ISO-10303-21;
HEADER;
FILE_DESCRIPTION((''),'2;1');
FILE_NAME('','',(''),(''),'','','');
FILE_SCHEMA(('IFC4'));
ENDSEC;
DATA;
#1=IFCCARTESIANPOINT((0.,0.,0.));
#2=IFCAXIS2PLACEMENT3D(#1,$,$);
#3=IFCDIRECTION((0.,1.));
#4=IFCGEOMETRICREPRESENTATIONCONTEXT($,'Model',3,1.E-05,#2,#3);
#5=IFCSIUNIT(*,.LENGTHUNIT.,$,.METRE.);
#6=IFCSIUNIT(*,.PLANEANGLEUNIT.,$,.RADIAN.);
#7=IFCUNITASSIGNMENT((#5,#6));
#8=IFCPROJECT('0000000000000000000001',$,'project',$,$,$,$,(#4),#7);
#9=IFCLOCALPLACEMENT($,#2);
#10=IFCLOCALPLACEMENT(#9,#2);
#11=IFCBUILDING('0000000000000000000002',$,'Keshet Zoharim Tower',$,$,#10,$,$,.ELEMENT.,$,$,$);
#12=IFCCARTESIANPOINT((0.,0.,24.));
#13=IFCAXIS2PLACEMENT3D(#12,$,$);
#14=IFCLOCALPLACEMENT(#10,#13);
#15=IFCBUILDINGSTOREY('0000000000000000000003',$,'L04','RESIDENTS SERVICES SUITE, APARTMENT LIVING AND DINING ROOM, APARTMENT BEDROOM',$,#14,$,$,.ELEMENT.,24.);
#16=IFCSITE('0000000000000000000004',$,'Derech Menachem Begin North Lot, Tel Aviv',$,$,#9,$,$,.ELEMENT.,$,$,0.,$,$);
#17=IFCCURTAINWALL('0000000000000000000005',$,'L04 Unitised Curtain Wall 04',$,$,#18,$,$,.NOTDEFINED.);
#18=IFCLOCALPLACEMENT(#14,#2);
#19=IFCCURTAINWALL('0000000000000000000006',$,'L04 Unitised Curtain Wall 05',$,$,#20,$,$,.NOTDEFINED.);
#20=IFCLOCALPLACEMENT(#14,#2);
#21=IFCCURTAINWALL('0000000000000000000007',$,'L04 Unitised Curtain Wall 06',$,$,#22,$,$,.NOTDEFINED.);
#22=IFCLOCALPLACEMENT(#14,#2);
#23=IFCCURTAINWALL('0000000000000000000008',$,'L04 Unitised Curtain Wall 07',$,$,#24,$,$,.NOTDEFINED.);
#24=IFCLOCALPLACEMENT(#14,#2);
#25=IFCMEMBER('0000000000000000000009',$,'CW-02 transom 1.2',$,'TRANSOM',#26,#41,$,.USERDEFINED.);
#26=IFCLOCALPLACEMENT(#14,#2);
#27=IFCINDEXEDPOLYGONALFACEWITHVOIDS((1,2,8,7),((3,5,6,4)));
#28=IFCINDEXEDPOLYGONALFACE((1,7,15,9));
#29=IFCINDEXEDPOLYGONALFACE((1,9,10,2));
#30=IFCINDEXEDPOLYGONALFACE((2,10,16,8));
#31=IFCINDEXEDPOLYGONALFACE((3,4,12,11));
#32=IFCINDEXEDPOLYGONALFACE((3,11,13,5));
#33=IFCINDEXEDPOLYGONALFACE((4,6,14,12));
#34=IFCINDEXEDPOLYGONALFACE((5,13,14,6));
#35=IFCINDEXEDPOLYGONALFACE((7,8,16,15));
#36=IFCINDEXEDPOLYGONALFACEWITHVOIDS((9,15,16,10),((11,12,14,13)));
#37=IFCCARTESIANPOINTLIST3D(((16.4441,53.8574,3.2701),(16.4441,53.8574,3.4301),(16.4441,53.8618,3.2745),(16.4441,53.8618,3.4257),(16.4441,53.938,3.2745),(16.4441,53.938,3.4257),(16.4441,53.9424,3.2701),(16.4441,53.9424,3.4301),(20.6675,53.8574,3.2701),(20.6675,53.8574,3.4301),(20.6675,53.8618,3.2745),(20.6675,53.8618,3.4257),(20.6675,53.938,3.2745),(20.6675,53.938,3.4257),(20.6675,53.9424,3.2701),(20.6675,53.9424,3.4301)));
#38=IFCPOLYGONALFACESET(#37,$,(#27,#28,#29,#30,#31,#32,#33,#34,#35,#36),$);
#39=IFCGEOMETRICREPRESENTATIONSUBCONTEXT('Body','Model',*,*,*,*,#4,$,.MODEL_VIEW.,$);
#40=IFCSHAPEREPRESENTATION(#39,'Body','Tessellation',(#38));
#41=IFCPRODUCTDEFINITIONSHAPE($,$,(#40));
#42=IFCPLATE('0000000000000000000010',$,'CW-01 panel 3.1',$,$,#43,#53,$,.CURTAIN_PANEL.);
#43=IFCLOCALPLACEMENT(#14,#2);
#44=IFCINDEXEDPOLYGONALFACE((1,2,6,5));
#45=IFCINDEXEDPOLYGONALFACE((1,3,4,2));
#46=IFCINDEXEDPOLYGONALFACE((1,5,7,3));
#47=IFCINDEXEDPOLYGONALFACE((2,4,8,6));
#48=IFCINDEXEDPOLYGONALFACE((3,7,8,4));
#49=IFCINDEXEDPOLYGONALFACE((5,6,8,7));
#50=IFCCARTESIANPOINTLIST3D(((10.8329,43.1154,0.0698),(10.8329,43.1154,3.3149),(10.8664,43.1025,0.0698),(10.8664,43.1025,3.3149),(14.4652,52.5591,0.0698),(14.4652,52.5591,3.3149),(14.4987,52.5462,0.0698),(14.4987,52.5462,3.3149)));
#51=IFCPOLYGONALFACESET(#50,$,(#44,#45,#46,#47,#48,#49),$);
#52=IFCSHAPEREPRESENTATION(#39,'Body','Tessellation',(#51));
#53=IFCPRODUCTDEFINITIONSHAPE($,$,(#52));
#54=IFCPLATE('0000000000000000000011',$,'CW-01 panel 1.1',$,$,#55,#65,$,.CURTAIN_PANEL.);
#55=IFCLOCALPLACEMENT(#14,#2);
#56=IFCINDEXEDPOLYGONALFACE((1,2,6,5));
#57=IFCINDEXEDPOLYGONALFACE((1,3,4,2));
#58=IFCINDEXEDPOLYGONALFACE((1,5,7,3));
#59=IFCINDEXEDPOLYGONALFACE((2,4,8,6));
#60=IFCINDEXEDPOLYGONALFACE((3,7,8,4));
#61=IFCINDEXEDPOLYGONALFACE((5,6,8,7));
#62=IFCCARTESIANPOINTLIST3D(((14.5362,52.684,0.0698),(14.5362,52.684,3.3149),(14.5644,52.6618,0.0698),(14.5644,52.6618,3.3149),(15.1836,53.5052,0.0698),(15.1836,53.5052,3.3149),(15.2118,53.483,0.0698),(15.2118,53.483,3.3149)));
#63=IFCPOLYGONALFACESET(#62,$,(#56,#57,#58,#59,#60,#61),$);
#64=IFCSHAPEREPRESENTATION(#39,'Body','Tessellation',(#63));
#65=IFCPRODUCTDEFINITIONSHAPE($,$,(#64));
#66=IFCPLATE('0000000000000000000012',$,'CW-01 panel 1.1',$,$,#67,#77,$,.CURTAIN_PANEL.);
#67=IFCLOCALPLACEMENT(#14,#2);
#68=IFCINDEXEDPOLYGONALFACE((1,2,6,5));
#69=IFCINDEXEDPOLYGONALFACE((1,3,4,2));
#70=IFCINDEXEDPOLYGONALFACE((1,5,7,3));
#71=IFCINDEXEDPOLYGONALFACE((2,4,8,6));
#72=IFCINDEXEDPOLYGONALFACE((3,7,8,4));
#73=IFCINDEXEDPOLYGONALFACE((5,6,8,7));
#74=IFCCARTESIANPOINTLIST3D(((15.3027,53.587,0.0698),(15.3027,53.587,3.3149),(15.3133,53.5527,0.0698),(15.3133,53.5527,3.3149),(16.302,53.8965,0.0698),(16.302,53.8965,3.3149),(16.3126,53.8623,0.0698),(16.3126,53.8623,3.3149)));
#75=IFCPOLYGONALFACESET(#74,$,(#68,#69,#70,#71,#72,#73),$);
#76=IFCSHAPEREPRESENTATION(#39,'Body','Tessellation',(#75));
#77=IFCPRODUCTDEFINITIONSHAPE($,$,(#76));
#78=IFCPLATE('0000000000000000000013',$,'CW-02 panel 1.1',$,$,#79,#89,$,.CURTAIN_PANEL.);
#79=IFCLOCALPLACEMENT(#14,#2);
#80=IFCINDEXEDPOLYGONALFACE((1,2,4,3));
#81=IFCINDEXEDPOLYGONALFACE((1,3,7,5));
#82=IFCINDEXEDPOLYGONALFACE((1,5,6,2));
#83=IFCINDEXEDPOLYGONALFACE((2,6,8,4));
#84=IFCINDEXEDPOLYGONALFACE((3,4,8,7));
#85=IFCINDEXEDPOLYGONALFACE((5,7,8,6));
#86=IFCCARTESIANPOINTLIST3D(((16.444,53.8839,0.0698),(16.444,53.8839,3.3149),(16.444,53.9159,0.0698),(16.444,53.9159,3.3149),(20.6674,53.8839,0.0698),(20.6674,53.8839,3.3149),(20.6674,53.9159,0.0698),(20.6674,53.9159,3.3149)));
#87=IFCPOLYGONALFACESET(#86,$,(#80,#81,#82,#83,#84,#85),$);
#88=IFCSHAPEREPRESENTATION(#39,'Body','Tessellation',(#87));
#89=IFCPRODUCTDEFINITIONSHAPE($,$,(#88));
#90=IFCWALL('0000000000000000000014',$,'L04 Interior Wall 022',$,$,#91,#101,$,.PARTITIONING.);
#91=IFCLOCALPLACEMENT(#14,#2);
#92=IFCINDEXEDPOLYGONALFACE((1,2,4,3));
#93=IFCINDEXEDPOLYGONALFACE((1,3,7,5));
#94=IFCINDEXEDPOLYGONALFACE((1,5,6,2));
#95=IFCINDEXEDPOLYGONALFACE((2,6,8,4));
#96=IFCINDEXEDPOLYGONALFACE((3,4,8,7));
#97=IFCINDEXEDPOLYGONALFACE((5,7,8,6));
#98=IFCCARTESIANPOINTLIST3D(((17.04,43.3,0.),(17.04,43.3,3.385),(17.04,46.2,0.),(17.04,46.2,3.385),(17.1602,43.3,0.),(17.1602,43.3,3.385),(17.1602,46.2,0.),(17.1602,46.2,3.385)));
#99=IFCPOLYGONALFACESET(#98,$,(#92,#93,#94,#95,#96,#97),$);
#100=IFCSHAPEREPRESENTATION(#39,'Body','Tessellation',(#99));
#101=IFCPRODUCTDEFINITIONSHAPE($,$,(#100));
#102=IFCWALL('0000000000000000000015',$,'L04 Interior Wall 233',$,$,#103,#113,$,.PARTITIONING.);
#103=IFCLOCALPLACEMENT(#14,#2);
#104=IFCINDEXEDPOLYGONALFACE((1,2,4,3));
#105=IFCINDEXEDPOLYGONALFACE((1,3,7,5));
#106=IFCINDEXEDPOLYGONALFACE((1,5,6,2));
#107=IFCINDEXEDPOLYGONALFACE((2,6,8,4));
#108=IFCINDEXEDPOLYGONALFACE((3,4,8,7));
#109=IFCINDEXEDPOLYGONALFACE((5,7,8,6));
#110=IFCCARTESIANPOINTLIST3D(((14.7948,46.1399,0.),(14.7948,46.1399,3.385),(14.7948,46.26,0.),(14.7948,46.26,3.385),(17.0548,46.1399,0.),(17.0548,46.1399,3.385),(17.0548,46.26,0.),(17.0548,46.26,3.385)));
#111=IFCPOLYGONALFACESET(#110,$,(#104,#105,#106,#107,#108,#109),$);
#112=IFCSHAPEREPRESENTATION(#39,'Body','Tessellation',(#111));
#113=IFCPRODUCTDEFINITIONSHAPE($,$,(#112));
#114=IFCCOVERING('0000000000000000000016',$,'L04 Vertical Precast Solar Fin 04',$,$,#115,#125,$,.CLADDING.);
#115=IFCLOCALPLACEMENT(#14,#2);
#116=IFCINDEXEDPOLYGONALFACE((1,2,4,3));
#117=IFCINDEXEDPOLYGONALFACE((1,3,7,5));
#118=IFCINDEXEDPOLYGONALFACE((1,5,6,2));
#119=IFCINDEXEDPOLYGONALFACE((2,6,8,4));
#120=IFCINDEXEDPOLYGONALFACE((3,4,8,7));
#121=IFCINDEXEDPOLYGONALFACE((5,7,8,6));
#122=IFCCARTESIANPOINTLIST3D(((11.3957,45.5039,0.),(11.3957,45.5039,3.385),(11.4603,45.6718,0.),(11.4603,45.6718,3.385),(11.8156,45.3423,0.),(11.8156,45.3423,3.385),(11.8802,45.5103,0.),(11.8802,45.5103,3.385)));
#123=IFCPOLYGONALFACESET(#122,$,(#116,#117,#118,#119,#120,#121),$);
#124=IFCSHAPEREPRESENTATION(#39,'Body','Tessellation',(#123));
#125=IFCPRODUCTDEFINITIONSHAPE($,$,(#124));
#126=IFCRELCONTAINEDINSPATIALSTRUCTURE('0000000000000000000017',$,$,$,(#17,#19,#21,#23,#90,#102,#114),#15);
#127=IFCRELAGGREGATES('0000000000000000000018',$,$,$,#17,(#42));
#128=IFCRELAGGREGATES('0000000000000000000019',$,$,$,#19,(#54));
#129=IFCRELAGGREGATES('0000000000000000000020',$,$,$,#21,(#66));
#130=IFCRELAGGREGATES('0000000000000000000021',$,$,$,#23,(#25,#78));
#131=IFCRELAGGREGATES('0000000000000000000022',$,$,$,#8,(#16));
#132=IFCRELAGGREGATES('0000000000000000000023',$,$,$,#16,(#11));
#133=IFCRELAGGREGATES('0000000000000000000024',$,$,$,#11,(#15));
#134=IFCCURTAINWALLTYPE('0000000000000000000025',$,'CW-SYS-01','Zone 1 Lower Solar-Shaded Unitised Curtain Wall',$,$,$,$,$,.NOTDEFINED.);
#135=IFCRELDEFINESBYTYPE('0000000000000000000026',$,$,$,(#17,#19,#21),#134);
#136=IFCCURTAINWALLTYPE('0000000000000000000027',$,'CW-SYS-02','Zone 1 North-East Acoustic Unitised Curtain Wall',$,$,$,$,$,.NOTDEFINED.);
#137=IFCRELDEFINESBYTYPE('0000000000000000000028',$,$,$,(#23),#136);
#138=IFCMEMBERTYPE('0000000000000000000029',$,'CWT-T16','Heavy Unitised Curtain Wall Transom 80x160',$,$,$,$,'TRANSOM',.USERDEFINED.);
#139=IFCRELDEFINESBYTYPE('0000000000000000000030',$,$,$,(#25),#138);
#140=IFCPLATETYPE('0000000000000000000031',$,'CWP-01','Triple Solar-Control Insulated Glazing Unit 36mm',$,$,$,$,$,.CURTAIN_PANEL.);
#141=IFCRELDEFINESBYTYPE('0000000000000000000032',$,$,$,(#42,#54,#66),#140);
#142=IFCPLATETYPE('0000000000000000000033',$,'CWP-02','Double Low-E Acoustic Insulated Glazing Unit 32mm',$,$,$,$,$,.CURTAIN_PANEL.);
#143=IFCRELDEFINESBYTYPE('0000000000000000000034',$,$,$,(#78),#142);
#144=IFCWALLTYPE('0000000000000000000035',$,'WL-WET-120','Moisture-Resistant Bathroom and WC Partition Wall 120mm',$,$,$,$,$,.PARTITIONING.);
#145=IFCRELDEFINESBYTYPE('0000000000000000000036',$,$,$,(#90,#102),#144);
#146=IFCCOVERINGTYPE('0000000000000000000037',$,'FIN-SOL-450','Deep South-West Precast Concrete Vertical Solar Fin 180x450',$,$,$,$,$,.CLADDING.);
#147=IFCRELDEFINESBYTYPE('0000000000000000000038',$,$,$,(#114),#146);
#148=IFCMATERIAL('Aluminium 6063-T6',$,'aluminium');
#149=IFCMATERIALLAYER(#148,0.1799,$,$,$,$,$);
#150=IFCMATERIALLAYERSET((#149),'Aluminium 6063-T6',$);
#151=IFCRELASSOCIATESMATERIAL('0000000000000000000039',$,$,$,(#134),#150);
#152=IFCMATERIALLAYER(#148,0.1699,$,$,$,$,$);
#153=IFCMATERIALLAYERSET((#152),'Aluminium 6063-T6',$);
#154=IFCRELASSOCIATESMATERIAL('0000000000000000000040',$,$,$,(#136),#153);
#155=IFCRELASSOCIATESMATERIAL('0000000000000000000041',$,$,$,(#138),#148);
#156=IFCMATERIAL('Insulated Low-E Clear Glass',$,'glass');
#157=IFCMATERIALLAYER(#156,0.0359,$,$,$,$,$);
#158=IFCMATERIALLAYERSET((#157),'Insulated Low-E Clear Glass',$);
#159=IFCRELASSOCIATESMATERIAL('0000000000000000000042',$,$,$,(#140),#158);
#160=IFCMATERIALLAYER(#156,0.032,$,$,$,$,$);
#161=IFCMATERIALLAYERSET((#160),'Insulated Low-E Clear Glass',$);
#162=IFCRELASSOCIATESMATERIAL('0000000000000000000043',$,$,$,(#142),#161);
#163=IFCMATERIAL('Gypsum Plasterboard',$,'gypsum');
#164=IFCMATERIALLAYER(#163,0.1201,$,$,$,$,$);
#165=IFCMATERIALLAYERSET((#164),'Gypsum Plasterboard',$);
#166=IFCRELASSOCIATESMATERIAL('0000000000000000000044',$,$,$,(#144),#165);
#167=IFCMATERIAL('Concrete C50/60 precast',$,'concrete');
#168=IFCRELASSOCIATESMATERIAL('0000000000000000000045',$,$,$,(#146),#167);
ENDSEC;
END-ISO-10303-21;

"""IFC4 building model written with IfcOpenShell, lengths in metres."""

from ifc_helpers import new_model, si_unit, direction, frame, frame_2d, origin, origin_2d, place, context, subcontext, project, spatial, rectangle, hollow_rectangle, extrude, material, layer, layer_set, material_profile, profile_set, type_object, element, aggregate, save


model = new_model("IFC4")

# Units and contexts
model_context = context("Model", 3, precision=1e-05, world=origin(), true_north=direction((0.0, 1.0)))
body_context = subcontext(model_context, "Body", "Model", "MODEL_VIEW")
ifc_project = project(units=[si_unit("LENGTHUNIT", "METRE"), si_unit("PLANEANGLEUNIT", "RADIAN")], contexts=[model_context])

# Site, building, storey
site_placement = place(None, origin())
site = spatial("IfcSite", under=ifc_project, at=site_placement, Name="Derech Menachem Begin North Lot, Tel Aviv", CompositionType="ELEMENT", RefElevation=0.0)
building_placement = place(site_placement, origin())
building = spatial("IfcBuilding", under=site, at=building_placement, Name="Keshet Zoharim Tower", CompositionType="ELEMENT")
storey_placement = place(building_placement, frame((0.0, 0.0, 24.0)))
storey = spatial("IfcBuildingStorey", under=building, at=storey_placement, Name="L04", Description="RESIDENTS SERVICES SUITE, APARTMENT LIVING AND DINING ROOM, APARTMENT BEDROOM", CompositionType="ELEMENT", Elevation=24.0)

# Curtain wall
ifc_material_1 = material(Name="Aluminium 6063-T6", Category="aluminium")
ifc_layer_1 = layer(ifc_material_1, 0.1799)
ifc_layer_set_1 = layer_set([ifc_layer_1], Name="Aluminium 6063-T6")
curtain_wall_type_1 = type_object("IfcCurtainWallType", Name="CW-SYS-01", Description="Zone 1 Lower Solar-Shaded Unitised Curtain Wall", PredefinedType="NOTDEFINED", material=ifc_layer_set_1)
curtain_wall_1_placement = place(storey_placement, origin())
curtain_wall_1 = element("IfcCurtainWall", 1, at=curtain_wall_1_placement, inside=storey, type_object=curtain_wall_type_1, Name="L04 Unitised Curtain Wall 04", PredefinedType="NOTDEFINED")

# Curtain walls
curtain_wall_2_placement = place(storey_placement, origin())
curtain_wall_2 = element("IfcCurtainWall", 2, at=curtain_wall_2_placement, inside=storey, type_object=curtain_wall_type_1, Name="L04 Unitised Curtain Wall 05", PredefinedType="NOTDEFINED")
curtain_wall_3_placement = place(storey_placement, origin())
curtain_wall_3 = element("IfcCurtainWall", 3, at=curtain_wall_3_placement, inside=storey, type_object=curtain_wall_type_1, Name="L04 Unitised Curtain Wall 06", PredefinedType="NOTDEFINED")

# Curtain wall
ifc_layer_2 = layer(ifc_material_1, 0.1699)
ifc_layer_set_2 = layer_set([ifc_layer_2], Name="Aluminium 6063-T6")
curtain_wall_type_2 = type_object("IfcCurtainWallType", Name="CW-SYS-02", Description="Zone 1 North-East Acoustic Unitised Curtain Wall", PredefinedType="NOTDEFINED", material=ifc_layer_set_2)
curtain_wall_4_placement = place(storey_placement, origin())
curtain_wall_4 = element("IfcCurtainWall", 4, at=curtain_wall_4_placement, inside=storey, type_object=curtain_wall_type_2, Name="L04 Unitised Curtain Wall 07", PredefinedType="NOTDEFINED")

# Member
ifc_material_profile_1 = material_profile(ifc_material_1, hollow_rectangle(XDim=0.085, YDim=0.1599, WallThickness=0.0044, at=origin_2d()), Name="TRN-85x160")
ifc_profile_set_1 = profile_set([ifc_material_profile_1], Name="Aluminium 6063-T6")
member_type_1 = type_object("IfcMemberType", Name="CWT-T16", Description="Heavy Unitised Curtain Wall Transom 80x160", ElementType="TRANSOM", PredefinedType="USERDEFINED", material=ifc_profile_set_1)
member_1_placement = place(storey_placement, frame((16.4441, 53.8999, 3.3501), z_axis=(1.0, 0.0, 0.0), x_axis=(0.0, 1.0, 0.0)))
member_1 = element("IfcMember", 5, at=member_1_placement, type_object=member_type_1, Name="CW-02 transom 1.2", ObjectType="TRANSOM", PredefinedType="USERDEFINED", context=body_context, shape_type="SweptSolid", body=[
    extrude(hollow_rectangle(XDim=0.085, YDim=0.1599, WallThickness=0.0044, at=origin_2d()), origin(), (0.0, 0.0, 1.0), 4.2234),
])

# Plates
ifc_material_2 = material(Name="Insulated Low-E Clear Glass", Category="glass")
ifc_layer_3 = layer(ifc_material_2, 0.0359)
ifc_layer_set_3 = layer_set([ifc_layer_3], Name="Insulated Low-E Clear Glass")
plate_type_1 = type_object("IfcPlateType", Name="CWP-01", Description="Triple Solar-Control Insulated Glazing Unit 36mm", PredefinedType="CURTAIN_PANEL", material=ifc_layer_set_3)
plate_1_placement = place(storey_placement, frame((12.6658, 47.8308, 0.0698), z_axis=(0.0, 0.0, 1.0), x_axis=(0.35899, 0.933341, 0.0)))
plate_1 = element("IfcPlate", 6, at=plate_1_placement, type_object=plate_type_1, Name="CW-01 panel 3.1", PredefinedType="CURTAIN_PANEL", context=body_context, shape_type="SweptSolid", body=[
    extrude(rectangle(XDim=10.1182, YDim=0.0359, at=origin_2d()), origin(), (0.0, 0.0, 1.0), 3.2451),
])
aggregate(curtain_wall_1, [plate_1])
plate_2_placement = place(storey_placement, frame((14.874, 53.0835, 0.0698), z_axis=(0.0, 0.0, 1.0), x_axis=(0.619125, 0.785293, 0.0)))
plate_2 = element("IfcPlate", 7, at=plate_2_placement, type_object=plate_type_1, Name="CW-01 panel 1.1", PredefinedType="CURTAIN_PANEL", context=body_context, shape_type="SweptSolid", body=[
    extrude(rectangle(XDim=1.0457, YDim=0.0359, at=origin_2d()), origin(), (0.0, 0.0, 1.0), 3.2451),
])
aggregate(curtain_wall_2, [plate_2])
plate_3_placement = place(storey_placement, frame((15.8076, 53.7246, 0.0698), z_axis=(0.0, 0.0, 1.0), x_axis=(0.955212, 0.295922, 0.0)))
plate_3 = element("IfcPlate", 8, at=plate_3_placement, type_object=plate_type_1, Name="CW-01 panel 1.1", PredefinedType="CURTAIN_PANEL", context=body_context, shape_type="SweptSolid", body=[
    extrude(rectangle(XDim=1.0461, YDim=0.0359, at=origin_2d()), origin(), (0.0, 0.0, 1.0), 3.2451),
])
aggregate(curtain_wall_3, [plate_3])
ifc_layer_4 = layer(ifc_material_2, 0.032)
ifc_layer_set_4 = layer_set([ifc_layer_4], Name="Insulated Low-E Clear Glass")
plate_type_2 = type_object("IfcPlateType", Name="CWP-02", Description="Double Low-E Acoustic Insulated Glazing Unit 32mm", PredefinedType="CURTAIN_PANEL", material=ifc_layer_set_4)
plate_4_placement = place(storey_placement, frame((18.5557, 53.8999, 0.0698), z_axis=(0.0, 0.0, 1.0), x_axis=(1.0, 0.0, 0.0)))
plate_4 = element("IfcPlate", 9, at=plate_4_placement, type_object=plate_type_2, Name="CW-02 panel 1.1", PredefinedType="CURTAIN_PANEL", context=body_context, shape_type="SweptSolid", body=[
    extrude(rectangle(XDim=4.2234, YDim=0.032, at=origin_2d()), origin(), (0.0, 0.0, 1.0), 3.2451),
])
aggregate(curtain_wall_4, [member_1, plate_4])

# Walls
ifc_material_3 = material(Name="Gypsum Plasterboard", Category="gypsum")
ifc_layer_5 = layer(ifc_material_3, 0.1201)
ifc_layer_set_5 = layer_set([ifc_layer_5], Name="Gypsum Plasterboard")
wall_type = type_object("IfcWallType", Name="WL-WET-120", Description="Moisture-Resistant Bathroom and WC Partition Wall 120mm", PredefinedType="PARTITIONING", material=ifc_layer_set_5)
wall_1_placement = place(storey_placement, frame((17.1001, 43.3, 0.0), z_axis=(0.0, 0.0, 1.0), x_axis=(0.0, 1.0, 0.0)))
element("IfcWall", 10, at=wall_1_placement, inside=storey, type_object=wall_type, Name="L04 Interior Wall 022", PredefinedType="PARTITIONING", context=body_context, shape_type="SweptSolid", body=[
    extrude(rectangle(XDim=2.8999, YDim=0.1201, at=frame_2d((1.45, 0.0))), origin(), (0.0, 0.0, 1.0), 3.385),
])
wall_2_placement = place(storey_placement, frame((14.7949, 46.2, 0.0), z_axis=(0.0, 0.0, 1.0), x_axis=(1.0, 0.0, 0.0)))
element("IfcWall", 11, at=wall_2_placement, inside=storey, type_object=wall_type, Name="L04 Interior Wall 233", PredefinedType="PARTITIONING", context=body_context, shape_type="SweptSolid", body=[
    extrude(rectangle(XDim=2.26, YDim=0.1201, at=frame_2d((1.1299, 0.0))), origin(), (0.0, 0.0, 1.0), 3.385),
])

# Covering
ifc_material_4 = material(Name="Concrete C50/60 precast", Category="concrete")
covering_type = type_object("IfcCoveringType", Name="FIN-SOL-450", Description="Deep South-West Precast Concrete Vertical Solar Fin 180x450", PredefinedType="CLADDING", material=ifc_material_4)
covering_placement = place(storey_placement, frame((11.6379, 45.5071, 0.0), z_axis=(0.0, 0.0, 1.0), x_axis=(0.35899, 0.933341, 0.0)))
element("IfcCovering", 12, at=covering_placement, inside=storey, type_object=covering_type, Name="L04 Vertical Precast Solar Fin 04", PredefinedType="CLADDING", context=body_context, shape_type="SweptSolid", body=[
    extrude(rectangle(XDim=0.1799, YDim=0.45, at=origin_2d()), origin(), (0.0, 0.0, 1.0), 3.385),
])

save(model, "model.ifc")
